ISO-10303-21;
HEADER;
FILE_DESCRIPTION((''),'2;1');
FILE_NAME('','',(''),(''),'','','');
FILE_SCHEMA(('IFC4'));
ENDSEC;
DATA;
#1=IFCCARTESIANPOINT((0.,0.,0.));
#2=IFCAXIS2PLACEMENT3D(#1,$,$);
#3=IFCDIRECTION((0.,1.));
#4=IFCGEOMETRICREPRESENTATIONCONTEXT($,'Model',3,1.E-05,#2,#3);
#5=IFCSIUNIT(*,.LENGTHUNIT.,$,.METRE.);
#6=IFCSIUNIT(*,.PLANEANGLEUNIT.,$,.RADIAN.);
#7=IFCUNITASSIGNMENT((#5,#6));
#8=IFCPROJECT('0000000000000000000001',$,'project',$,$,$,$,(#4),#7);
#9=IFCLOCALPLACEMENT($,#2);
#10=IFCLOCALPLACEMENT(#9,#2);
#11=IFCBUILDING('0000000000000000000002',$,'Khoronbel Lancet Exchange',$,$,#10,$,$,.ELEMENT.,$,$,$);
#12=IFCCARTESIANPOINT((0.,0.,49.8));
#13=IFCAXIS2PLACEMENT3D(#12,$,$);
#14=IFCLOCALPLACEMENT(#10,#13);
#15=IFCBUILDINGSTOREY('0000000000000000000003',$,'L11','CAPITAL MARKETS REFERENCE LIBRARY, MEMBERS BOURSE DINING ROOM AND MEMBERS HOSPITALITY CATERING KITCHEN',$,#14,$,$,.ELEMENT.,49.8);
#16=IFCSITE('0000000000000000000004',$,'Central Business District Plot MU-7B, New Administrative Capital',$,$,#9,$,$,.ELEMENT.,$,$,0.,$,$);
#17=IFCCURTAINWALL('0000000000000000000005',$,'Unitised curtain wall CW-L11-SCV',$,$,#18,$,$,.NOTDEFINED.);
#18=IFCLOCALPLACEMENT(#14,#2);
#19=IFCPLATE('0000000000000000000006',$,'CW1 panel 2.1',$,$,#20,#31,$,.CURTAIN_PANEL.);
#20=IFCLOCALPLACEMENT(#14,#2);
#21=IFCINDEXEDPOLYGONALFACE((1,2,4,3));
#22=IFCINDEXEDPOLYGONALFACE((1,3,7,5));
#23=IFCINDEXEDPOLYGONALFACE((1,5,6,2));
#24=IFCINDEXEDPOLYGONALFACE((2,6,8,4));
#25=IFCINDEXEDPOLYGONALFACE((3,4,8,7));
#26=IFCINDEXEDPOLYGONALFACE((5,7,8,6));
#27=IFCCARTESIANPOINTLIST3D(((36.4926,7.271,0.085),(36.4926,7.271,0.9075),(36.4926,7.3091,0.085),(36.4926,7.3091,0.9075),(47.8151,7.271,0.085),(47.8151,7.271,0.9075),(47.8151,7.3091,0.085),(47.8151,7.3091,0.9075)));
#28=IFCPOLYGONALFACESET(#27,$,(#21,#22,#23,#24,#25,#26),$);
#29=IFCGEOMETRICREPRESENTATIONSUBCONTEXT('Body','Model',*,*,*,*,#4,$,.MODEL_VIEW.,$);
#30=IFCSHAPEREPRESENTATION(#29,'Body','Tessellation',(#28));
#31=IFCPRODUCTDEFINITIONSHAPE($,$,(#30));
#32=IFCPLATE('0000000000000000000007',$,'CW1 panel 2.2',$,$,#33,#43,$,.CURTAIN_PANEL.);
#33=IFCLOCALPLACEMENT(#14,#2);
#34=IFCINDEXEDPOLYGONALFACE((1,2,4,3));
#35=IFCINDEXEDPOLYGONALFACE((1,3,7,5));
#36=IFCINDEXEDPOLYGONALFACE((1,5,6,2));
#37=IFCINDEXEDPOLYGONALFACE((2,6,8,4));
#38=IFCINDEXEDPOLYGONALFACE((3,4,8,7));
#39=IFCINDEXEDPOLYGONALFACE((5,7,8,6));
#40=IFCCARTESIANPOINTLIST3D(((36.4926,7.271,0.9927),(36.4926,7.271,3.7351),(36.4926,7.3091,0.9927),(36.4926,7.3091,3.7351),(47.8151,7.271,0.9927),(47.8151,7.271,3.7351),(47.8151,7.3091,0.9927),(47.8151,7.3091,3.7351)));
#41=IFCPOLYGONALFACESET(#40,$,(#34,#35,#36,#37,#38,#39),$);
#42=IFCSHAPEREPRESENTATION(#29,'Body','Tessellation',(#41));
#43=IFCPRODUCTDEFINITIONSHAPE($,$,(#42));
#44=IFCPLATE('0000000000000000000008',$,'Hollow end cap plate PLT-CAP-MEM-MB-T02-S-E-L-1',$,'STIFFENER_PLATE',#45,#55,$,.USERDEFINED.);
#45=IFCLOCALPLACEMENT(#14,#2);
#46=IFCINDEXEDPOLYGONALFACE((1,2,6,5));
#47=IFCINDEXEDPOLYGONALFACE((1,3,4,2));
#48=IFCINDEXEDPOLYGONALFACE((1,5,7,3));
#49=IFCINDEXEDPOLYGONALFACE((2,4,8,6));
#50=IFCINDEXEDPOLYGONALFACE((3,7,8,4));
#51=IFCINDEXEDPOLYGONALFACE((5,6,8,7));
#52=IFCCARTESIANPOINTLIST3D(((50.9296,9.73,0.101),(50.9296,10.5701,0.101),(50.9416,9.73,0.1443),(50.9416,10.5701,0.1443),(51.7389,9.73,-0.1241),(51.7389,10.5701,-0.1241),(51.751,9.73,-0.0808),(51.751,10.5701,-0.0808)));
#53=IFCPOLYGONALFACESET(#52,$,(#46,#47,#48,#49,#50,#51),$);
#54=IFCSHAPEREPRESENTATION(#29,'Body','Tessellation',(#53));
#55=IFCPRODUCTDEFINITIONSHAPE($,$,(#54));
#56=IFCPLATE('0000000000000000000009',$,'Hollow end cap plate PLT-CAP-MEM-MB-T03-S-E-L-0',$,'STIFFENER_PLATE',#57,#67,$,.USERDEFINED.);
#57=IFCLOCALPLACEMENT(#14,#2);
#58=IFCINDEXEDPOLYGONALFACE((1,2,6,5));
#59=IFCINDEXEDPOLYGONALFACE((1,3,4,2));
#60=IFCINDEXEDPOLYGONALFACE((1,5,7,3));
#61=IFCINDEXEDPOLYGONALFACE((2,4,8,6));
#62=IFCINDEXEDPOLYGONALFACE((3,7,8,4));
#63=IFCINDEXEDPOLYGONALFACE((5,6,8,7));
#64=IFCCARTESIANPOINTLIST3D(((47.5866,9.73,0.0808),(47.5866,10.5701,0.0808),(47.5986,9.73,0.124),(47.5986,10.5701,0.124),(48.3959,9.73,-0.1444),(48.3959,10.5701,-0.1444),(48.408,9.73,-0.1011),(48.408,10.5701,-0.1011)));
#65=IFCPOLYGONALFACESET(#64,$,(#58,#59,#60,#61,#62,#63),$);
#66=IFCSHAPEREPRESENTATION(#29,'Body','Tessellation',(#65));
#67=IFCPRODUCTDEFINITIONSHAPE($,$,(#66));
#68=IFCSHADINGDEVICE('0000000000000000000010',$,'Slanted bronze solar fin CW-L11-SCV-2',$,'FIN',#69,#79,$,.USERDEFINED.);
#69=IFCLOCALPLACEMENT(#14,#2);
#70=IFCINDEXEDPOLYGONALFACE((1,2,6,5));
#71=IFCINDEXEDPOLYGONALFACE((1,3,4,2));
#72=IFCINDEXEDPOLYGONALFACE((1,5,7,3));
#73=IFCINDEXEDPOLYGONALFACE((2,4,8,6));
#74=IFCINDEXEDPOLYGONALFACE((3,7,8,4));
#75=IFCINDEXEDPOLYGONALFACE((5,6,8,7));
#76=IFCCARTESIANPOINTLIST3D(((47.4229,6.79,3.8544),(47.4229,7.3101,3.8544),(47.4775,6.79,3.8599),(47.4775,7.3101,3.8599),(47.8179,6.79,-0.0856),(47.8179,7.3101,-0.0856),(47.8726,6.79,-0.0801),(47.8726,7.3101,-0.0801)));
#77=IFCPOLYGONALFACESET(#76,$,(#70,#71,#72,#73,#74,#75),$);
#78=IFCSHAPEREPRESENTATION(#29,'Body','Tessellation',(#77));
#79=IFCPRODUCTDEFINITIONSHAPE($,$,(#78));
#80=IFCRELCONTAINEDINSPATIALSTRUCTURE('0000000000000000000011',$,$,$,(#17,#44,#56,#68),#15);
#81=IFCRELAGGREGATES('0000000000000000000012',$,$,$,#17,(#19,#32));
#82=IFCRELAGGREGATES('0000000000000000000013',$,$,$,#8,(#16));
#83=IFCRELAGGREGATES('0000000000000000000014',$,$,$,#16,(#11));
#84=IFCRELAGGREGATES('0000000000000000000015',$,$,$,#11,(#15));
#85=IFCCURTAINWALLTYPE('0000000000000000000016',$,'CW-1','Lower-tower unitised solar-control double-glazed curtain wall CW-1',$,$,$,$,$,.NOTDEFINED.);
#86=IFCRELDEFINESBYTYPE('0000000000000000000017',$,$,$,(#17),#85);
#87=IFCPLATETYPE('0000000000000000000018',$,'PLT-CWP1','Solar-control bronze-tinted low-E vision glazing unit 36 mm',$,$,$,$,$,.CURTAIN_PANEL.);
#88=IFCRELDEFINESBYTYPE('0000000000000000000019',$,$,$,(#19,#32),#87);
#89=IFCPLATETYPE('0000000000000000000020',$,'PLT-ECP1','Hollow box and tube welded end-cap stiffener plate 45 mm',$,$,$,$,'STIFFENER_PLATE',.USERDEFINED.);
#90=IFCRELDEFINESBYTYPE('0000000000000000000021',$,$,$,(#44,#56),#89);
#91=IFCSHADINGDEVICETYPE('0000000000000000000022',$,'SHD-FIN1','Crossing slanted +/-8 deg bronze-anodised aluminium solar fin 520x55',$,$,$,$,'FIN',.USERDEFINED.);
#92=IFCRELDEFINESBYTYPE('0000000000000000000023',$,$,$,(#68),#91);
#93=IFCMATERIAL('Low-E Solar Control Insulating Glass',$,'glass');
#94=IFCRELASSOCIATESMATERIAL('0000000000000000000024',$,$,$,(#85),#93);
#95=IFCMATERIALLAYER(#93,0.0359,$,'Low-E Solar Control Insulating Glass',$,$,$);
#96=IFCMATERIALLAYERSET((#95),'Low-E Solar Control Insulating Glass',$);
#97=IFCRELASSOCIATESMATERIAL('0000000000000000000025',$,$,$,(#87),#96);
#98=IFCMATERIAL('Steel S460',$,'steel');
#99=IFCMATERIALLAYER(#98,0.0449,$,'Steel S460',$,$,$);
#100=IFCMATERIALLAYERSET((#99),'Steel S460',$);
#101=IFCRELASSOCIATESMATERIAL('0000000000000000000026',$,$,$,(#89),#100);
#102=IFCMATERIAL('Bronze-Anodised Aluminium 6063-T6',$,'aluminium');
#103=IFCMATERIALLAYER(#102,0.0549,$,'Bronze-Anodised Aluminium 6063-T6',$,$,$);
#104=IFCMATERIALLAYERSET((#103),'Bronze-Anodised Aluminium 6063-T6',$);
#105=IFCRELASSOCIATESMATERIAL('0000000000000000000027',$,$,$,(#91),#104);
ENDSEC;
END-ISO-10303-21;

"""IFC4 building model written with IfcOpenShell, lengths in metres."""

from ifc_helpers import new_model, si_unit, direction, frame, origin, origin_2d, place, context, subcontext, project, spatial, polyline, rectangle, outline, extrude, material, layer, layer_set, type_object, element, aggregate, save


model = new_model("IFC4")

# Units and contexts
model_context = context("Model", 3, precision=1e-05, world=origin(), true_north=direction((0.0, 1.0)))
body_context = subcontext(model_context, "Body", "Model", "MODEL_VIEW")
ifc_project = project(units=[si_unit("LENGTHUNIT", "METRE"), si_unit("PLANEANGLEUNIT", "RADIAN")], contexts=[model_context])

# Site, building, storey
site_placement = place(None, origin())
site = spatial("IfcSite", under=ifc_project, at=site_placement, Name="Central Business District Plot MU-7B, New Administrative Capital", CompositionType="ELEMENT", RefElevation=0.0)
building_placement = place(site_placement, origin())
building = spatial("IfcBuilding", under=site, at=building_placement, Name="Khoronbel Lancet Exchange", CompositionType="ELEMENT")
storey_placement = place(building_placement, frame((0.0, 0.0, 49.8)))
storey = spatial("IfcBuildingStorey", under=building, at=storey_placement, Name="L11", Description="CAPITAL MARKETS REFERENCE LIBRARY, MEMBERS BOURSE DINING ROOM AND MEMBERS HOSPITALITY CATERING KITCHEN", CompositionType="ELEMENT", Elevation=49.8)

# Shared definitions
ifc_material_1 = material(Name="Steel S460", Category="steel")

# Curtain wall
ifc_material_2 = material(Name="Low-E Solar Control Insulating Glass", Category="glass")
curtain_wall_type = type_object("IfcCurtainWallType", Name="CW-1", Description="Lower-tower unitised solar-control double-glazed curtain wall CW-1", PredefinedType="NOTDEFINED", material=ifc_material_2)
curtain_wall_1_placement = place(storey_placement, origin())
curtain_wall_1 = element("IfcCurtainWall", 1, at=curtain_wall_1_placement, inside=storey, type_object=curtain_wall_type, Name="Unitised curtain wall CW-L11-SCV", PredefinedType="NOTDEFINED")
ifc_material_3 = material(Name="Bronze-Anodised Aluminium 6063-T6", Category="aluminium")

# Plates
ifc_layer_1 = layer(ifc_material_2, 0.0359, Name="Low-E Solar Control Insulating Glass")
ifc_layer_set_1 = layer_set([ifc_layer_1], Name="Low-E Solar Control Insulating Glass")
plate_type_1 = type_object("IfcPlateType", Name="PLT-CWP1", Description="Solar-control bronze-tinted low-E vision glazing unit 36 mm", PredefinedType="CURTAIN_PANEL", material=ifc_layer_set_1)
plate_1_placement = place(storey_placement, frame((42.1538, 7.29, 0.085), z_axis=(0.0, 0.0, 1.0), x_axis=(1.0, 0.0, 0.0)))
plate_1 = element("IfcPlate", 2, at=plate_1_placement, type_object=plate_type_1, Name="CW1 panel 2.1", PredefinedType="CURTAIN_PANEL", context=body_context, shape_type="SweptSolid", body=[
    extrude(rectangle(XDim=11.3225, YDim=0.0381, at=origin_2d()), origin(), (0.0, 0.0, 1.0), 0.8225),
])
plate_2_placement = place(storey_placement, frame((42.1538, 7.29, 0.9927), z_axis=(0.0, 0.0, 1.0), x_axis=(1.0, 0.0, 0.0)))
plate_2 = element("IfcPlate", 3, at=plate_2_placement, type_object=plate_type_1, Name="CW1 panel 2.2", PredefinedType="CURTAIN_PANEL", context=body_context, shape_type="SweptSolid", body=[
    extrude(rectangle(XDim=11.3225, YDim=0.0381, at=origin_2d()), origin(), (0.0, 0.0, 1.0), 2.7424),
])
aggregate(curtain_wall_1, [plate_1, plate_2])

# Plates
ifc_layer_2 = layer(ifc_material_1, 0.0449, Name="Steel S460")
ifc_layer_set_2 = layer_set([ifc_layer_2], Name="Steel S460")
plate_type_2 = type_object("IfcPlateType", Name="PLT-ECP1", Description="Hollow box and tube welded end-cap stiffener plate 45 mm", ElementType="STIFFENER_PLATE", PredefinedType="USERDEFINED", material=ifc_layer_set_2)
for number, where, z_axis, x_axis, name in (
    (4, (51.751, 9.73, -0.0808), (0.267959, 0.0, 0.96343), (0.0, 1.0, 0.0), "Hollow end cap plate PLT-CAP-MEM-MB-T02-S-E-L-1"),
    (5, (48.408, 9.73, -0.1011), (0.267959, 0.0, 0.96343), (0.0, 1.0, 0.0), "Hollow end cap plate PLT-CAP-MEM-MB-T03-S-E-L-0"),
):
    element("IfcPlate", number, at=place(storey_placement, frame(where, z_axis=z_axis, x_axis=x_axis)), inside=storey, type_object=plate_type_2, Name=name, ObjectType="STIFFENER_PLATE", PredefinedType="USERDEFINED", context=body_context, shape_type="SweptSolid", body=[
        extrude(outline(polyline([(0.0, 0.0), (0.8401, 0.0), (0.8401, 0.8401), (0.0, 0.8401), (0.0, 0.0)])), origin(), (0.0, 0.0, -1.0), 0.0449),
    ])

# Shading device
ifc_layer_3 = layer(ifc_material_3, 0.0549, Name="Bronze-Anodised Aluminium 6063-T6")
ifc_layer_set_3 = layer_set([ifc_layer_3], Name="Bronze-Anodised Aluminium 6063-T6")
shading_device_type = type_object("IfcShadingDeviceType", Name="SHD-FIN1", Description="Crossing slanted +/-8 deg bronze-anodised aluminium solar fin 520x55", ElementType="FIN", PredefinedType="USERDEFINED", material=ifc_layer_set_3)
shading_device_placement = place(storey_placement, frame((47.8726, 7.3101, -0.0801), z_axis=(0.995012, 0.0, 0.09976), x_axis=(0.0, -1.0, 0.0)))
element("IfcShadingDevice", 6, at=shading_device_placement, inside=storey, type_object=shading_device_type, Name="Slanted bronze solar fin CW-L11-SCV-2", ObjectType="FIN", PredefinedType="USERDEFINED", context=body_context, shape_type="SweptSolid", body=[
    extrude(outline(polyline([(0.0, 0.0), (0.52, 0.0), (0.52, -3.9597), (0.0, -3.9597), (0.0, 0.0)])), origin(), (0.0, 0.0, -1.0), 0.0549),
])

save(model, "model.ifc")
